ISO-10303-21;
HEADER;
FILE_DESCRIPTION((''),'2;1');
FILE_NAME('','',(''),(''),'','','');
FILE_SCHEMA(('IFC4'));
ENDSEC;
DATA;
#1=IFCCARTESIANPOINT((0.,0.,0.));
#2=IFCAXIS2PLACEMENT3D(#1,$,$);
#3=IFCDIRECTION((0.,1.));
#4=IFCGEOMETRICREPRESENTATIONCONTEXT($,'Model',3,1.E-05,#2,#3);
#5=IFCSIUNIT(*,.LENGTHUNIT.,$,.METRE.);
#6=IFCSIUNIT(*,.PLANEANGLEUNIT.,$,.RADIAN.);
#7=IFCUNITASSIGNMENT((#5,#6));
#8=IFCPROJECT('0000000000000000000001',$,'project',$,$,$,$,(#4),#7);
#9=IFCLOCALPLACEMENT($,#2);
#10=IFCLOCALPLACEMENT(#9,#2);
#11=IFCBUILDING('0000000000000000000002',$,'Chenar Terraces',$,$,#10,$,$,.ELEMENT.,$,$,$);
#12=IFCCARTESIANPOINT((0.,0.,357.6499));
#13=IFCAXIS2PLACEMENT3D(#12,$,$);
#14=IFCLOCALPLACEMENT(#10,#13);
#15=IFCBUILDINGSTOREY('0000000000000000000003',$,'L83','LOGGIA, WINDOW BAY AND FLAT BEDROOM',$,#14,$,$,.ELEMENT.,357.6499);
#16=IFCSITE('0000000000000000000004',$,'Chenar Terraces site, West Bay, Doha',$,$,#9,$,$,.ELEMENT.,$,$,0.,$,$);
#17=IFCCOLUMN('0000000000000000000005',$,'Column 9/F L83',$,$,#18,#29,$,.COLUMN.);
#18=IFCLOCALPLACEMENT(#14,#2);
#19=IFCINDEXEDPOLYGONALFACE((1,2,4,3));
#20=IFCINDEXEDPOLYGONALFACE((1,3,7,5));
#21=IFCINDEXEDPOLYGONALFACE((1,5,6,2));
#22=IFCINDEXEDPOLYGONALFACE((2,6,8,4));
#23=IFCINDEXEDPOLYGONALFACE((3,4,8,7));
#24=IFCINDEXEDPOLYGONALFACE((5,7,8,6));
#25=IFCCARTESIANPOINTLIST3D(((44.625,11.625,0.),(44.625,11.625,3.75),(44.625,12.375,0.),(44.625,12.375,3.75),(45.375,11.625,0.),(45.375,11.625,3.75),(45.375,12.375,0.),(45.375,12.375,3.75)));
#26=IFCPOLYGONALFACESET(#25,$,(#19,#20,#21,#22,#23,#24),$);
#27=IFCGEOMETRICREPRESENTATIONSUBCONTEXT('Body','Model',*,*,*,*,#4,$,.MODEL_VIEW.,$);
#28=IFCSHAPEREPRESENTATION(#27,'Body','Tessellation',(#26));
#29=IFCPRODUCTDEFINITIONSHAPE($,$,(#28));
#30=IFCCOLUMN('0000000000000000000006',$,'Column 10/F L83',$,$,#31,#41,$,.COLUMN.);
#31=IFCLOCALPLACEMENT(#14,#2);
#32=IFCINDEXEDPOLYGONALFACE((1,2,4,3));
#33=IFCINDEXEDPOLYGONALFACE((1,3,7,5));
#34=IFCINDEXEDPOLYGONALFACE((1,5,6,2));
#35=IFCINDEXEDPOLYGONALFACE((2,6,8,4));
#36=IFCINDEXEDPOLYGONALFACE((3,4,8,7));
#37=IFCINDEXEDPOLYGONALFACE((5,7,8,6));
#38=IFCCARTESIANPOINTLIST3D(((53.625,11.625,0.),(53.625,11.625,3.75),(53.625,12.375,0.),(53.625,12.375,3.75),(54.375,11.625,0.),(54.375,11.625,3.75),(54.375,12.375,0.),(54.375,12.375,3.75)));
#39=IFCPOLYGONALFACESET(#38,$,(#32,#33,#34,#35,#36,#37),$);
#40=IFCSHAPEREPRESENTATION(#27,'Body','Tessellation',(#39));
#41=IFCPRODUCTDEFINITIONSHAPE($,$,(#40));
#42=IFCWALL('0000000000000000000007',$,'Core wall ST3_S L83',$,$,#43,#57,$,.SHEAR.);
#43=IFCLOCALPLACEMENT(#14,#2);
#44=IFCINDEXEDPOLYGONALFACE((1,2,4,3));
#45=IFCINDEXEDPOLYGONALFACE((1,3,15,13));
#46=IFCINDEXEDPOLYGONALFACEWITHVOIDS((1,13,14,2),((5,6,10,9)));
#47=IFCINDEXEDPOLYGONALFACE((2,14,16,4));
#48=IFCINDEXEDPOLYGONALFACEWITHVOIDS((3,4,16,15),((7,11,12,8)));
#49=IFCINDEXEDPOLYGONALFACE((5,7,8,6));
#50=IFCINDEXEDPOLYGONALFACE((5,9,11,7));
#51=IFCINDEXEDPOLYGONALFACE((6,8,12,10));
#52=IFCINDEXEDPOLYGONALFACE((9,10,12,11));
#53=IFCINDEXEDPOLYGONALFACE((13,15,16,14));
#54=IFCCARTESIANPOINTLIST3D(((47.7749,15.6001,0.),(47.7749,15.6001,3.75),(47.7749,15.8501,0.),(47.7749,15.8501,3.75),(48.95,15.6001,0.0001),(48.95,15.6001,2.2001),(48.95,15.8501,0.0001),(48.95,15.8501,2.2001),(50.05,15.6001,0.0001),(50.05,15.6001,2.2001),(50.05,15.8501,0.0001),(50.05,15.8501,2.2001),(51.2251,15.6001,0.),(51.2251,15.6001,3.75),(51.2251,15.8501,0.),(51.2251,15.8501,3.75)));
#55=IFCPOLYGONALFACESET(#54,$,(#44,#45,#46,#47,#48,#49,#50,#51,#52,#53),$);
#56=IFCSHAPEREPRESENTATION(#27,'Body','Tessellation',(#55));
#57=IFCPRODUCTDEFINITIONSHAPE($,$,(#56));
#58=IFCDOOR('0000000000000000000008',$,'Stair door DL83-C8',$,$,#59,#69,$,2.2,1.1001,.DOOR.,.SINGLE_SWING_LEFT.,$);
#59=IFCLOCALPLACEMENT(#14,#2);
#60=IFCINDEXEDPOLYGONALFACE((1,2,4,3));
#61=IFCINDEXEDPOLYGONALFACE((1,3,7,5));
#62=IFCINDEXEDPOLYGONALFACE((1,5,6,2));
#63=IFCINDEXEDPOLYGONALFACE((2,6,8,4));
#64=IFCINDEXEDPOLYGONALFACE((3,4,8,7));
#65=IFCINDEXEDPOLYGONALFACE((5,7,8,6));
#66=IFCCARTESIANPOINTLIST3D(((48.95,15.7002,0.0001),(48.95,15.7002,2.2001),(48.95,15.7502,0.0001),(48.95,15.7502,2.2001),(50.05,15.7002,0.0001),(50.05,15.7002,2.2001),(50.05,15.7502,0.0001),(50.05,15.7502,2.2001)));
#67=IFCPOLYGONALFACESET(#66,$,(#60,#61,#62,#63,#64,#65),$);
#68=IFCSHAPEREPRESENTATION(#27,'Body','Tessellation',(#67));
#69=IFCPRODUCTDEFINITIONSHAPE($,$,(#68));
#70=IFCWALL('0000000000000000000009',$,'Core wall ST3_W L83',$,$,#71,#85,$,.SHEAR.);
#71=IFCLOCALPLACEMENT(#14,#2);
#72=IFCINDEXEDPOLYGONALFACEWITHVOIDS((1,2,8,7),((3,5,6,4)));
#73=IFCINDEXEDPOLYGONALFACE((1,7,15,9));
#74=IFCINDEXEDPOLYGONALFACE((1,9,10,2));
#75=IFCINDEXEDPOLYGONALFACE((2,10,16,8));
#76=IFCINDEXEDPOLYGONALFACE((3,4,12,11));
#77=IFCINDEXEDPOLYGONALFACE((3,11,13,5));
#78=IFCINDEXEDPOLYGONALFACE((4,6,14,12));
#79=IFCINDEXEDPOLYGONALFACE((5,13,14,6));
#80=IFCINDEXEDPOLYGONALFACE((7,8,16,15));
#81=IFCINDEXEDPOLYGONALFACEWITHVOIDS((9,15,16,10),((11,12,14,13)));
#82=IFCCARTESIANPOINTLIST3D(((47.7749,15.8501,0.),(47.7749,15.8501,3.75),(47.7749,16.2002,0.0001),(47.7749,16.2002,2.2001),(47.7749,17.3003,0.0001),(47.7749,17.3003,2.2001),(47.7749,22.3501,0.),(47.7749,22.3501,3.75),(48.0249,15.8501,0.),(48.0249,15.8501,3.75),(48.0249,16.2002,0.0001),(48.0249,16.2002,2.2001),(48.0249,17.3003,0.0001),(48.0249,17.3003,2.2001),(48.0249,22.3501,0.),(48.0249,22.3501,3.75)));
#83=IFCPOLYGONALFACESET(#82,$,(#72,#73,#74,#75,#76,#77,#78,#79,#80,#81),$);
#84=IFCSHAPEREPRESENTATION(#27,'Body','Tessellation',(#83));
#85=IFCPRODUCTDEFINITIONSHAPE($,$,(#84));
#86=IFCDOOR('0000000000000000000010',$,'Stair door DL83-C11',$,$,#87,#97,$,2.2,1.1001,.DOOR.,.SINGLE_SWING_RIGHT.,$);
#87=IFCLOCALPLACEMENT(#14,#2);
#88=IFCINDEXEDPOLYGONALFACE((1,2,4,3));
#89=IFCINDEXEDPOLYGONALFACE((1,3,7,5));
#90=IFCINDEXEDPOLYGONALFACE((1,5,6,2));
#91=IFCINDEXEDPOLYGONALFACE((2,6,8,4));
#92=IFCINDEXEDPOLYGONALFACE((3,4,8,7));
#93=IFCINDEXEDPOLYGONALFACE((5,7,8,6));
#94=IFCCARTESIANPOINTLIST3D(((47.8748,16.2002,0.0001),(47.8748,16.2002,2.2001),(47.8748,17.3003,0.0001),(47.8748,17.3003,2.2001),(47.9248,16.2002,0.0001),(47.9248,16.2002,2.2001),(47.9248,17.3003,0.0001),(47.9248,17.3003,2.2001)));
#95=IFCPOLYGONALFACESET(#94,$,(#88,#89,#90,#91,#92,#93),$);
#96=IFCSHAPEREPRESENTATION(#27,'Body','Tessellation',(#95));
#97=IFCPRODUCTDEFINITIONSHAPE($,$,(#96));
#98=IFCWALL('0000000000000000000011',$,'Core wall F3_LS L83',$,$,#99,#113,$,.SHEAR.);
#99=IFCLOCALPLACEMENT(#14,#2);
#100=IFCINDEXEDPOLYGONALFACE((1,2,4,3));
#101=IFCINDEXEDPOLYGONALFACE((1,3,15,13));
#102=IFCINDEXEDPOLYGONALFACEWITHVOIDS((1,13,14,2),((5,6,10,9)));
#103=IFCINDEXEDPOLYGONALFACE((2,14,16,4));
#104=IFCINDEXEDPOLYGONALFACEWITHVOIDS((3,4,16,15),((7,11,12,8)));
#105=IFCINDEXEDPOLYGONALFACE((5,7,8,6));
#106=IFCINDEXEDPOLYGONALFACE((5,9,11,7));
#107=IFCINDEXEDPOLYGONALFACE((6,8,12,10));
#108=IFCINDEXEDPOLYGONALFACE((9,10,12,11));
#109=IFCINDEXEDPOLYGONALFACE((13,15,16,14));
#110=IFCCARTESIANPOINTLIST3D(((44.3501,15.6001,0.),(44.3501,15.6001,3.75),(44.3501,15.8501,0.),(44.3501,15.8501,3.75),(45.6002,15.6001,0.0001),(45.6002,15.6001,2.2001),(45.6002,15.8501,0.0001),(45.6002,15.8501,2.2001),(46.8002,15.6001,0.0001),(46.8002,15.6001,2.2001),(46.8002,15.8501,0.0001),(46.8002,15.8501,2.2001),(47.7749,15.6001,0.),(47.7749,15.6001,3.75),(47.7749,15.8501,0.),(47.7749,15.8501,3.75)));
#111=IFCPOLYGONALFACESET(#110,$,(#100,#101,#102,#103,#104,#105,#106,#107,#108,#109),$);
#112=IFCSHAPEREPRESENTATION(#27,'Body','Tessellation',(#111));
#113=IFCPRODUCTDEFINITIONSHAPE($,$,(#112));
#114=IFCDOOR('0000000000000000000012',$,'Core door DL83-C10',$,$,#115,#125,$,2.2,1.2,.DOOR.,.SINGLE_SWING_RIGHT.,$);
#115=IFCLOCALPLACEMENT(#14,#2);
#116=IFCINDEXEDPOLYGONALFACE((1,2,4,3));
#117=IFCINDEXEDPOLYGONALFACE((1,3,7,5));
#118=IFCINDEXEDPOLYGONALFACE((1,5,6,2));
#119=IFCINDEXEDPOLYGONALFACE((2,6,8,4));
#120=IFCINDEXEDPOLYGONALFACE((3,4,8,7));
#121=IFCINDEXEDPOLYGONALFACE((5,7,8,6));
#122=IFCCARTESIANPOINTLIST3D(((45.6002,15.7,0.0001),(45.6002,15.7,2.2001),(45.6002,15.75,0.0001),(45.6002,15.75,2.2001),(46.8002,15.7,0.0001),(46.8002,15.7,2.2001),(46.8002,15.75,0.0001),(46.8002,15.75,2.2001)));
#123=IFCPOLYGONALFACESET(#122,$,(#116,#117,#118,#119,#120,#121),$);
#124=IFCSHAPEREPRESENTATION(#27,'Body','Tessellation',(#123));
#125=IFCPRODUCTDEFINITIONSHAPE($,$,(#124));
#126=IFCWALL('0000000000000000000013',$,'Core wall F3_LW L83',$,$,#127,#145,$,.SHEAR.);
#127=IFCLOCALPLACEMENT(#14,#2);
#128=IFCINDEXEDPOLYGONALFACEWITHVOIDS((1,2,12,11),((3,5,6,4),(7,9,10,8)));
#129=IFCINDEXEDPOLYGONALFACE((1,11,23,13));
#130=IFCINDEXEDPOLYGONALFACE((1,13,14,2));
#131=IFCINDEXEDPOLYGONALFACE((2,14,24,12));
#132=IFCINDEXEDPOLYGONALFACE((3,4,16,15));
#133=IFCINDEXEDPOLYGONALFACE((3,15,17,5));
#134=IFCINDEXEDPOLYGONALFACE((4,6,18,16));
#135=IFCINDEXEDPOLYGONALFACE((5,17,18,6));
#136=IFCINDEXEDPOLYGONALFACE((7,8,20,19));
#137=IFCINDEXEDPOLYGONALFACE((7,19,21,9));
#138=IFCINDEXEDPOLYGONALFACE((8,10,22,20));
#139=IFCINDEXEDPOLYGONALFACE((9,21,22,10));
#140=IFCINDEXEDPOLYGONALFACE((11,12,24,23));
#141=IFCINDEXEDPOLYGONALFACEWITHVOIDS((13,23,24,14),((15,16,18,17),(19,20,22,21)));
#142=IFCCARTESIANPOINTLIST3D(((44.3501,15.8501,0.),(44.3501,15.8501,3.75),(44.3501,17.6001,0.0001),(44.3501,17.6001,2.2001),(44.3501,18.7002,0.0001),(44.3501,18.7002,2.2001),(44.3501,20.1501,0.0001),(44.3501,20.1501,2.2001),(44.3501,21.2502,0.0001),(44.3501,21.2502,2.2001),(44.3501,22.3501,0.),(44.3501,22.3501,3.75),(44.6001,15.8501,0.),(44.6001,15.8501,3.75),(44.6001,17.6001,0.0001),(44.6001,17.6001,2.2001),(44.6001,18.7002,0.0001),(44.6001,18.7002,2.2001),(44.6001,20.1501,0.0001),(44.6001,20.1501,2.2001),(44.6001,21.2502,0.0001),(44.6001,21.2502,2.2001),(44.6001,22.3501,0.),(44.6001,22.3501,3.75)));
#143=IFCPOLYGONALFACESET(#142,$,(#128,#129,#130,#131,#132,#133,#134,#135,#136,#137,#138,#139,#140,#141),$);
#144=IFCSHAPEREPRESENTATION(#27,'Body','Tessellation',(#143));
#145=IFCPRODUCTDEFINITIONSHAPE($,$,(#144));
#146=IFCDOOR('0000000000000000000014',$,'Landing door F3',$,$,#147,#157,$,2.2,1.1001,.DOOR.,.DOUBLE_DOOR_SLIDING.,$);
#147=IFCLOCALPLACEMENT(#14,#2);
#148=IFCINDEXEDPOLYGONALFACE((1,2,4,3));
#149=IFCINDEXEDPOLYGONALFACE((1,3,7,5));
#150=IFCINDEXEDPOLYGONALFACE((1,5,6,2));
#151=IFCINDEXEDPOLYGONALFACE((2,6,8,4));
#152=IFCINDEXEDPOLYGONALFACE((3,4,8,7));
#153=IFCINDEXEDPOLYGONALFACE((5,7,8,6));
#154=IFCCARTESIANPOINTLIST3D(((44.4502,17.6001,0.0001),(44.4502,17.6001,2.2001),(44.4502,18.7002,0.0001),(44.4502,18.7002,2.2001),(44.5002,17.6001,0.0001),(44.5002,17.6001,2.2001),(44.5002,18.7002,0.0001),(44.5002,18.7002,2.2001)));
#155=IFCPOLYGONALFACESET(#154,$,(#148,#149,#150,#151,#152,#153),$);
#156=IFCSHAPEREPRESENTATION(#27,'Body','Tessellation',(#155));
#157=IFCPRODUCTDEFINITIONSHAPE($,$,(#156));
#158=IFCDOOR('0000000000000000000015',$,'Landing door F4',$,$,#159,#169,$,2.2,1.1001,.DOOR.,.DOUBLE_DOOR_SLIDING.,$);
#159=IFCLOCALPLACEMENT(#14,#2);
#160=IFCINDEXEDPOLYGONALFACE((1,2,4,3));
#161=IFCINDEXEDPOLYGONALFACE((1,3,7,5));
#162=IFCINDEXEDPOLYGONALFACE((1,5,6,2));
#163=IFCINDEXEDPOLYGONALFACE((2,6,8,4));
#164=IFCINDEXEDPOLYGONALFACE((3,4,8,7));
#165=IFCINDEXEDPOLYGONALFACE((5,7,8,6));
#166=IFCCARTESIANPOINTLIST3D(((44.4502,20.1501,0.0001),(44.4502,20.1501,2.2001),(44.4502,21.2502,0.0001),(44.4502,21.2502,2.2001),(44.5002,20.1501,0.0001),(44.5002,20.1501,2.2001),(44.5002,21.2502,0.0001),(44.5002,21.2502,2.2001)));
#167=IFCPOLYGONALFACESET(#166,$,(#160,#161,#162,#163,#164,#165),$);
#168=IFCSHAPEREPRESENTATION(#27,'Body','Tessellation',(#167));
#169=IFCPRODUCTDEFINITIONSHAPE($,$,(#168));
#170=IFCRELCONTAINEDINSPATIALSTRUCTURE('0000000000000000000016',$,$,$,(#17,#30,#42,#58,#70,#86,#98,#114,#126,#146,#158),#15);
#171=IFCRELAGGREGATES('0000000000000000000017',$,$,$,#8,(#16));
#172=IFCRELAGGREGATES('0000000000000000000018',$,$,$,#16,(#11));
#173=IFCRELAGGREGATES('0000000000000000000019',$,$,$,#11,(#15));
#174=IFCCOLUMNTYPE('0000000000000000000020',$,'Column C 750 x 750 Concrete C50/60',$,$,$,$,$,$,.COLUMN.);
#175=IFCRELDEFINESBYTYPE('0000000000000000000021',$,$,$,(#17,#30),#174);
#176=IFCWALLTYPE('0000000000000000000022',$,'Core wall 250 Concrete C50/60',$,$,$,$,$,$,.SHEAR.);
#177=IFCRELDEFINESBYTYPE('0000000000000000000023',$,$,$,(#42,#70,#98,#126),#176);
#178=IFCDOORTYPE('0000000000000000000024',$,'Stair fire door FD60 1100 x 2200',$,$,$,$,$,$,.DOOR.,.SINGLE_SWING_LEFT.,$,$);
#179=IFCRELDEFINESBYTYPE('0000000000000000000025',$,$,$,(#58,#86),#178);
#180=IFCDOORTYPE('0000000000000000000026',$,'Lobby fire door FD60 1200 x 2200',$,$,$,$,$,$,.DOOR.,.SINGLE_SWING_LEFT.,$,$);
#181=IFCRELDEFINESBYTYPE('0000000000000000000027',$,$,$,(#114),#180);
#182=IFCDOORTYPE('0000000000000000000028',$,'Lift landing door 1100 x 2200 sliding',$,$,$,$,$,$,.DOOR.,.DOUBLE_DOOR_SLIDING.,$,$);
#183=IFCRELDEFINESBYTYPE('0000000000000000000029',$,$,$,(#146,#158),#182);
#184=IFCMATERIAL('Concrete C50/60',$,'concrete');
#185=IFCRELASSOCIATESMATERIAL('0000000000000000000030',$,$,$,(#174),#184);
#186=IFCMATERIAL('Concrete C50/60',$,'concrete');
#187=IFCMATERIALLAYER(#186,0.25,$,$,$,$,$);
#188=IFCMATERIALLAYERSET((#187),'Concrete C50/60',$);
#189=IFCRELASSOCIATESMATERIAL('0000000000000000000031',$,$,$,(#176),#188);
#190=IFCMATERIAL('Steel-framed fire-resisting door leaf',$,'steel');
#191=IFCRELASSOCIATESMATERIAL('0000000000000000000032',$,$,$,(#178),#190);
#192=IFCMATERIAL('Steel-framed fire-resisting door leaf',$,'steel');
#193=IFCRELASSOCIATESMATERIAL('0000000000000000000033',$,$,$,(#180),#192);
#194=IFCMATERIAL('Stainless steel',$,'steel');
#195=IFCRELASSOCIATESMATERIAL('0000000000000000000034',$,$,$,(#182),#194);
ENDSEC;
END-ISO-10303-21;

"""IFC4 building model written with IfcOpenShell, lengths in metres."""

from ifc_helpers import new_model, si_unit, direction, frame, frame_2d, origin, origin_2d, place, context, subcontext, project, spatial, rectangle, extrude, material, layer, layer_set, material_profile, profile_set, type_object, element, fill, save


model = new_model("IFC4")

# Units and contexts
model_context = context("Model", 3, precision=1e-05, world=origin(), true_north=direction((0.0, 1.0)))
body_context = subcontext(model_context, "Body", "Model", "MODEL_VIEW")
ifc_project = project(units=[si_unit("LENGTHUNIT", "METRE"), si_unit("PLANEANGLEUNIT", "RADIAN")], contexts=[model_context])

# Site, building, storey
site_placement = place(None, origin())
site = spatial("IfcSite", under=ifc_project, at=site_placement, Name="Chenar Terraces site, West Bay, Doha", CompositionType="ELEMENT", RefElevation=0.0)
building_placement = place(site_placement, origin())
building = spatial("IfcBuilding", under=site, at=building_placement, Name="Chenar Terraces", CompositionType="ELEMENT")
storey_placement = place(building_placement, frame((0.0, 0.0, 357.6499)))
storey = spatial("IfcBuildingStorey", under=building, at=storey_placement, Name="L83", Description="LOGGIA, WINDOW BAY AND FLAT BEDROOM", CompositionType="ELEMENT", Elevation=357.6499)

# Columns
ifc_material_1 = material(Name="Concrete C50/60", Category="concrete")
ifc_material_profile = material_profile(ifc_material_1, rectangle(XDim=0.75, YDim=0.75, at=origin_2d()), Name="C 750 x 750")
ifc_profile_set = profile_set([ifc_material_profile], Name="Concrete C50/60")
column_type = type_object("IfcColumnType", Name="Column C 750 x 750 Concrete C50/60", PredefinedType="COLUMN", material=ifc_profile_set)
for number, where, z_axis, x_axis, name in (
    (1, (45.0, 12.0, 0.0), (0.0, 0.0, 1.0), (1.0, 0.0, 0.0), "Column 9/F L83"),
    (2, (54.0, 12.0, 0.0), (0.0, 0.0, 1.0), (1.0, 0.0, 0.0), "Column 10/F L83"),
):
    element("IfcColumn", number, at=place(storey_placement, frame(where, z_axis=z_axis, x_axis=x_axis)), inside=storey, type_object=column_type, Name=name, PredefinedType="COLUMN", context=body_context, shape_type="SweptSolid", body=[
        extrude(rectangle(XDim=0.75, YDim=0.75, at=origin_2d()), origin(), (0.0, 0.0, 1.0), 3.75),
    ])

# Walls, openings, doors
ifc_material_2 = material(Name="Concrete C50/60", Category="concrete")
ifc_layer_1 = layer(ifc_material_2, 0.25)
ifc_layer_set_1 = layer_set([ifc_layer_1], Name="Concrete C50/60")
wall_type_1 = type_object("IfcWallType", Name="Core wall 250 Concrete C50/60", PredefinedType="SHEAR", material=ifc_layer_set_1)
wall_1_placement = place(storey_placement, frame((47.7749, 15.7251, 0.0), z_axis=(0.0, 0.0, 1.0), x_axis=(1.0, 0.0, 0.0)))
wall_1 = element("IfcWall", 3, at=wall_1_placement, inside=storey, type_object=wall_type_1, Name="Core wall ST3_S L83", PredefinedType="SHEAR", context=body_context, shape_type="SweptSolid", body=[
    extrude(rectangle(XDim=3.4502, YDim=0.25, at=frame_2d((1.7251, 0.0))), origin(), (0.0, 0.0, 1.0), 3.75),
])
opening_1_placement = place(wall_1_placement, frame((1.175, 0.0, 0.0)))
opening_1 = element("IfcOpeningElement", 4, at=opening_1_placement, cuts=wall_1, PredefinedType="OPENING", context=body_context, shape_type="SweptSolid", body=[
    extrude(rectangle(XDim=1.1001, YDim=2.2, at=frame_2d((0.55, 1.1001))), frame((0.0, 0.135, 0.0), z_axis=(0.0, -1.0, 0.0), x_axis=(1.0, 0.0, 0.0)), (0.0, 0.0, 1.0), 0.27),
])
ifc_material_3 = material(Name="Steel-framed fire-resisting door leaf", Category="steel")
door_type_1 = type_object("IfcDoorType", Name="Stair fire door FD60 1100 x 2200", OperationType="SINGLE_SWING_LEFT", PredefinedType="DOOR", material=ifc_material_3)
door_1_placement = place(opening_1_placement, frame((1.1001, 0.0, 0.0), z_axis=(0.0, 0.0, 1.0), x_axis=(-1.0, 0.0, 0.0)))
door_1 = element("IfcDoor", 5, at=door_1_placement, inside=storey, type_object=door_type_1, Name="Stair door DL83-C8", OperationType="SINGLE_SWING_LEFT", OverallHeight=2.2, OverallWidth=1.1001, PredefinedType="DOOR", context=body_context, shape_type="SweptSolid", body=[
    extrude(rectangle(XDim=1.1001, YDim=2.2, at=frame_2d((0.55, 1.1001))), frame((0.0, 0.0249, 0.0), z_axis=(0.0, -1.0, 0.0), x_axis=(1.0, 0.0, 0.0)), (0.0, 0.0, 1.0), 0.05),
])
fill(opening_1, door_1)
wall_2_placement = place(storey_placement, frame((47.8999, 15.8501, 0.0), z_axis=(0.0, 0.0, 1.0), x_axis=(0.0, 1.0, 0.0)))
wall_2 = element("IfcWall", 6, at=wall_2_placement, inside=storey, type_object=wall_type_1, Name="Core wall ST3_W L83", PredefinedType="SHEAR", context=body_context, shape_type="SweptSolid", body=[
    extrude(rectangle(XDim=6.5, YDim=0.25, at=frame_2d((3.25, 0.0))), origin(), (0.0, 0.0, 1.0), 3.75),
])
opening_2_placement = place(wall_2_placement, frame((0.3501, 0.0, 0.0)))
opening_2 = element("IfcOpeningElement", 7, at=opening_2_placement, cuts=wall_2, PredefinedType="OPENING", context=body_context, shape_type="SweptSolid", body=[
    extrude(rectangle(XDim=1.1001, YDim=2.2, at=frame_2d((0.55, 1.1001))), frame((0.0, 0.135, 0.0), z_axis=(0.0, -1.0, 0.0), x_axis=(1.0, 0.0, 0.0)), (0.0, 0.0, 1.0), 0.27),
])
door_2_placement = place(opening_2_placement, frame((1.1001, 0.0, 0.0), z_axis=(0.0, 0.0, 1.0), x_axis=(-1.0, 0.0, 0.0)))
door_2 = element("IfcDoor", 8, at=door_2_placement, inside=storey, type_object=door_type_1, Name="Stair door DL83-C11", OperationType="SINGLE_SWING_RIGHT", OverallHeight=2.2, OverallWidth=1.1001, PredefinedType="DOOR", context=body_context, shape_type="SweptSolid", body=[
    extrude(rectangle(XDim=1.1001, YDim=2.2, at=frame_2d((0.55, 1.1001))), frame((0.0, 0.0249, 0.0), z_axis=(0.0, -1.0, 0.0), x_axis=(1.0, 0.0, 0.0)), (0.0, 0.0, 1.0), 0.05),
])
fill(opening_2, door_2)
wall_3_placement = place(storey_placement, frame((44.3501, 15.7251, 0.0), z_axis=(0.0, 0.0, 1.0), x_axis=(1.0, 0.0, 0.0)))
wall_3 = element("IfcWall", 9, at=wall_3_placement, inside=storey, type_object=wall_type_1, Name="Core wall F3_LS L83", PredefinedType="SHEAR", context=body_context, shape_type="SweptSolid", body=[
    extrude(rectangle(XDim=3.4248, YDim=0.25, at=frame_2d((1.7124, 0.0))), origin(), (0.0, 0.0, 1.0), 3.75),
])
opening_3_placement = place(wall_3_placement, frame((1.25, 0.0, 0.0)))
opening_3 = element("IfcOpeningElement", 10, at=opening_3_placement, cuts=wall_3, PredefinedType="OPENING", context=body_context, shape_type="SweptSolid", body=[
    extrude(rectangle(XDim=1.2, YDim=2.2, at=frame_2d((0.6001, 1.1001))), frame((0.0, 0.135, 0.0), z_axis=(0.0, -1.0, 0.0), x_axis=(1.0, 0.0, 0.0)), (0.0, 0.0, 1.0), 0.27),
])
ifc_material_4 = material(Name="Steel-framed fire-resisting door leaf", Category="steel")
door_type_2 = type_object("IfcDoorType", Name="Lobby fire door FD60 1200 x 2200", OperationType="SINGLE_SWING_LEFT", PredefinedType="DOOR", material=ifc_material_4)
door_3_placement = place(opening_3_placement, origin())
door_3 = element("IfcDoor", 11, at=door_3_placement, inside=storey, type_object=door_type_2, Name="Core door DL83-C10", OperationType="SINGLE_SWING_RIGHT", OverallHeight=2.2, OverallWidth=1.2, PredefinedType="DOOR", context=body_context, shape_type="SweptSolid", body=[
    extrude(rectangle(XDim=1.2, YDim=2.2, at=frame_2d((0.6001, 1.1001))), frame((0.0, 0.0249, 0.0), z_axis=(0.0, -1.0, 0.0), x_axis=(1.0, 0.0, 0.0)), (0.0, 0.0, 1.0), 0.05),
])
fill(opening_3, door_3)

# Wall, openings, doors
wall_4_placement = place(storey_placement, frame((44.4751, 15.8501, 0.0), z_axis=(0.0, 0.0, 1.0), x_axis=(0.0, 1.0, 0.0)))
wall_4 = element("IfcWall", 12, at=wall_4_placement, inside=storey, type_object=wall_type_1, Name="Core wall F3_LW L83", PredefinedType="SHEAR", context=body_context, shape_type="SweptSolid", body=[
    extrude(rectangle(XDim=6.5, YDim=0.25, at=frame_2d((3.25, 0.0))), origin(), (0.0, 0.0, 1.0), 3.75),
])
opening_4_placement = place(wall_4_placement, frame((1.75, 0.0, 0.0)))
opening_4 = element("IfcOpeningElement", 13, at=opening_4_placement, cuts=wall_4, PredefinedType="OPENING", context=body_context, shape_type="SweptSolid", body=[
    extrude(rectangle(XDim=1.1001, YDim=2.2, at=frame_2d((0.55, 1.1001))), frame((0.0, 0.135, 0.0), z_axis=(0.0, -1.0, 0.0), x_axis=(1.0, 0.0, 0.0)), (0.0, 0.0, 1.0), 0.27),
])
opening_5_placement = place(wall_4_placement, frame((4.3, 0.0, 0.0)))
opening_5 = element("IfcOpeningElement", 14, at=opening_5_placement, cuts=wall_4, PredefinedType="OPENING", context=body_context, shape_type="SweptSolid", body=[
    extrude(rectangle(XDim=1.1001, YDim=2.2, at=frame_2d((0.55, 1.1001))), frame((0.0, 0.135, 0.0), z_axis=(0.0, -1.0, 0.0), x_axis=(1.0, 0.0, 0.0)), (0.0, 0.0, 1.0), 0.27),
])
ifc_material_5 = material(Name="Stainless steel", Category="steel")
door_type_3 = type_object("IfcDoorType", Name="Lift landing door 1100 x 2200 sliding", OperationType="DOUBLE_DOOR_SLIDING", PredefinedType="DOOR", material=ifc_material_5)
door_4_placement = place(opening_4_placement, origin())
door_4 = element("IfcDoor", 15, at=door_4_placement, inside=storey, type_object=door_type_3, Name="Landing door F3", OperationType="DOUBLE_DOOR_SLIDING", OverallHeight=2.2, OverallWidth=1.1001, PredefinedType="DOOR", context=body_context, shape_type="SweptSolid", body=[
    extrude(rectangle(XDim=1.1001, YDim=2.2, at=frame_2d((0.55, 1.1001))), frame((0.0, 0.0249, 0.0), z_axis=(0.0, -1.0, 0.0), x_axis=(1.0, 0.0, 0.0)), (0.0, 0.0, 1.0), 0.05),
])
fill(opening_4, door_4)
door_5_placement = place(opening_5_placement, origin())
door_5 = element("IfcDoor", 16, at=door_5_placement, inside=storey, type_object=door_type_3, Name="Landing door F4", OperationType="DOUBLE_DOOR_SLIDING", OverallHeight=2.2, OverallWidth=1.1001, PredefinedType="DOOR", context=body_context, shape_type="SweptSolid", body=[
    extrude(rectangle(XDim=1.1001, YDim=2.2, at=frame_2d((0.55, 1.1001))), frame((0.0, 0.0249, 0.0), z_axis=(0.0, -1.0, 0.0), x_axis=(1.0, 0.0, 0.0)), (0.0, 0.0, 1.0), 0.05),
])
fill(opening_5, door_5)

save(model, "model.ifc")
